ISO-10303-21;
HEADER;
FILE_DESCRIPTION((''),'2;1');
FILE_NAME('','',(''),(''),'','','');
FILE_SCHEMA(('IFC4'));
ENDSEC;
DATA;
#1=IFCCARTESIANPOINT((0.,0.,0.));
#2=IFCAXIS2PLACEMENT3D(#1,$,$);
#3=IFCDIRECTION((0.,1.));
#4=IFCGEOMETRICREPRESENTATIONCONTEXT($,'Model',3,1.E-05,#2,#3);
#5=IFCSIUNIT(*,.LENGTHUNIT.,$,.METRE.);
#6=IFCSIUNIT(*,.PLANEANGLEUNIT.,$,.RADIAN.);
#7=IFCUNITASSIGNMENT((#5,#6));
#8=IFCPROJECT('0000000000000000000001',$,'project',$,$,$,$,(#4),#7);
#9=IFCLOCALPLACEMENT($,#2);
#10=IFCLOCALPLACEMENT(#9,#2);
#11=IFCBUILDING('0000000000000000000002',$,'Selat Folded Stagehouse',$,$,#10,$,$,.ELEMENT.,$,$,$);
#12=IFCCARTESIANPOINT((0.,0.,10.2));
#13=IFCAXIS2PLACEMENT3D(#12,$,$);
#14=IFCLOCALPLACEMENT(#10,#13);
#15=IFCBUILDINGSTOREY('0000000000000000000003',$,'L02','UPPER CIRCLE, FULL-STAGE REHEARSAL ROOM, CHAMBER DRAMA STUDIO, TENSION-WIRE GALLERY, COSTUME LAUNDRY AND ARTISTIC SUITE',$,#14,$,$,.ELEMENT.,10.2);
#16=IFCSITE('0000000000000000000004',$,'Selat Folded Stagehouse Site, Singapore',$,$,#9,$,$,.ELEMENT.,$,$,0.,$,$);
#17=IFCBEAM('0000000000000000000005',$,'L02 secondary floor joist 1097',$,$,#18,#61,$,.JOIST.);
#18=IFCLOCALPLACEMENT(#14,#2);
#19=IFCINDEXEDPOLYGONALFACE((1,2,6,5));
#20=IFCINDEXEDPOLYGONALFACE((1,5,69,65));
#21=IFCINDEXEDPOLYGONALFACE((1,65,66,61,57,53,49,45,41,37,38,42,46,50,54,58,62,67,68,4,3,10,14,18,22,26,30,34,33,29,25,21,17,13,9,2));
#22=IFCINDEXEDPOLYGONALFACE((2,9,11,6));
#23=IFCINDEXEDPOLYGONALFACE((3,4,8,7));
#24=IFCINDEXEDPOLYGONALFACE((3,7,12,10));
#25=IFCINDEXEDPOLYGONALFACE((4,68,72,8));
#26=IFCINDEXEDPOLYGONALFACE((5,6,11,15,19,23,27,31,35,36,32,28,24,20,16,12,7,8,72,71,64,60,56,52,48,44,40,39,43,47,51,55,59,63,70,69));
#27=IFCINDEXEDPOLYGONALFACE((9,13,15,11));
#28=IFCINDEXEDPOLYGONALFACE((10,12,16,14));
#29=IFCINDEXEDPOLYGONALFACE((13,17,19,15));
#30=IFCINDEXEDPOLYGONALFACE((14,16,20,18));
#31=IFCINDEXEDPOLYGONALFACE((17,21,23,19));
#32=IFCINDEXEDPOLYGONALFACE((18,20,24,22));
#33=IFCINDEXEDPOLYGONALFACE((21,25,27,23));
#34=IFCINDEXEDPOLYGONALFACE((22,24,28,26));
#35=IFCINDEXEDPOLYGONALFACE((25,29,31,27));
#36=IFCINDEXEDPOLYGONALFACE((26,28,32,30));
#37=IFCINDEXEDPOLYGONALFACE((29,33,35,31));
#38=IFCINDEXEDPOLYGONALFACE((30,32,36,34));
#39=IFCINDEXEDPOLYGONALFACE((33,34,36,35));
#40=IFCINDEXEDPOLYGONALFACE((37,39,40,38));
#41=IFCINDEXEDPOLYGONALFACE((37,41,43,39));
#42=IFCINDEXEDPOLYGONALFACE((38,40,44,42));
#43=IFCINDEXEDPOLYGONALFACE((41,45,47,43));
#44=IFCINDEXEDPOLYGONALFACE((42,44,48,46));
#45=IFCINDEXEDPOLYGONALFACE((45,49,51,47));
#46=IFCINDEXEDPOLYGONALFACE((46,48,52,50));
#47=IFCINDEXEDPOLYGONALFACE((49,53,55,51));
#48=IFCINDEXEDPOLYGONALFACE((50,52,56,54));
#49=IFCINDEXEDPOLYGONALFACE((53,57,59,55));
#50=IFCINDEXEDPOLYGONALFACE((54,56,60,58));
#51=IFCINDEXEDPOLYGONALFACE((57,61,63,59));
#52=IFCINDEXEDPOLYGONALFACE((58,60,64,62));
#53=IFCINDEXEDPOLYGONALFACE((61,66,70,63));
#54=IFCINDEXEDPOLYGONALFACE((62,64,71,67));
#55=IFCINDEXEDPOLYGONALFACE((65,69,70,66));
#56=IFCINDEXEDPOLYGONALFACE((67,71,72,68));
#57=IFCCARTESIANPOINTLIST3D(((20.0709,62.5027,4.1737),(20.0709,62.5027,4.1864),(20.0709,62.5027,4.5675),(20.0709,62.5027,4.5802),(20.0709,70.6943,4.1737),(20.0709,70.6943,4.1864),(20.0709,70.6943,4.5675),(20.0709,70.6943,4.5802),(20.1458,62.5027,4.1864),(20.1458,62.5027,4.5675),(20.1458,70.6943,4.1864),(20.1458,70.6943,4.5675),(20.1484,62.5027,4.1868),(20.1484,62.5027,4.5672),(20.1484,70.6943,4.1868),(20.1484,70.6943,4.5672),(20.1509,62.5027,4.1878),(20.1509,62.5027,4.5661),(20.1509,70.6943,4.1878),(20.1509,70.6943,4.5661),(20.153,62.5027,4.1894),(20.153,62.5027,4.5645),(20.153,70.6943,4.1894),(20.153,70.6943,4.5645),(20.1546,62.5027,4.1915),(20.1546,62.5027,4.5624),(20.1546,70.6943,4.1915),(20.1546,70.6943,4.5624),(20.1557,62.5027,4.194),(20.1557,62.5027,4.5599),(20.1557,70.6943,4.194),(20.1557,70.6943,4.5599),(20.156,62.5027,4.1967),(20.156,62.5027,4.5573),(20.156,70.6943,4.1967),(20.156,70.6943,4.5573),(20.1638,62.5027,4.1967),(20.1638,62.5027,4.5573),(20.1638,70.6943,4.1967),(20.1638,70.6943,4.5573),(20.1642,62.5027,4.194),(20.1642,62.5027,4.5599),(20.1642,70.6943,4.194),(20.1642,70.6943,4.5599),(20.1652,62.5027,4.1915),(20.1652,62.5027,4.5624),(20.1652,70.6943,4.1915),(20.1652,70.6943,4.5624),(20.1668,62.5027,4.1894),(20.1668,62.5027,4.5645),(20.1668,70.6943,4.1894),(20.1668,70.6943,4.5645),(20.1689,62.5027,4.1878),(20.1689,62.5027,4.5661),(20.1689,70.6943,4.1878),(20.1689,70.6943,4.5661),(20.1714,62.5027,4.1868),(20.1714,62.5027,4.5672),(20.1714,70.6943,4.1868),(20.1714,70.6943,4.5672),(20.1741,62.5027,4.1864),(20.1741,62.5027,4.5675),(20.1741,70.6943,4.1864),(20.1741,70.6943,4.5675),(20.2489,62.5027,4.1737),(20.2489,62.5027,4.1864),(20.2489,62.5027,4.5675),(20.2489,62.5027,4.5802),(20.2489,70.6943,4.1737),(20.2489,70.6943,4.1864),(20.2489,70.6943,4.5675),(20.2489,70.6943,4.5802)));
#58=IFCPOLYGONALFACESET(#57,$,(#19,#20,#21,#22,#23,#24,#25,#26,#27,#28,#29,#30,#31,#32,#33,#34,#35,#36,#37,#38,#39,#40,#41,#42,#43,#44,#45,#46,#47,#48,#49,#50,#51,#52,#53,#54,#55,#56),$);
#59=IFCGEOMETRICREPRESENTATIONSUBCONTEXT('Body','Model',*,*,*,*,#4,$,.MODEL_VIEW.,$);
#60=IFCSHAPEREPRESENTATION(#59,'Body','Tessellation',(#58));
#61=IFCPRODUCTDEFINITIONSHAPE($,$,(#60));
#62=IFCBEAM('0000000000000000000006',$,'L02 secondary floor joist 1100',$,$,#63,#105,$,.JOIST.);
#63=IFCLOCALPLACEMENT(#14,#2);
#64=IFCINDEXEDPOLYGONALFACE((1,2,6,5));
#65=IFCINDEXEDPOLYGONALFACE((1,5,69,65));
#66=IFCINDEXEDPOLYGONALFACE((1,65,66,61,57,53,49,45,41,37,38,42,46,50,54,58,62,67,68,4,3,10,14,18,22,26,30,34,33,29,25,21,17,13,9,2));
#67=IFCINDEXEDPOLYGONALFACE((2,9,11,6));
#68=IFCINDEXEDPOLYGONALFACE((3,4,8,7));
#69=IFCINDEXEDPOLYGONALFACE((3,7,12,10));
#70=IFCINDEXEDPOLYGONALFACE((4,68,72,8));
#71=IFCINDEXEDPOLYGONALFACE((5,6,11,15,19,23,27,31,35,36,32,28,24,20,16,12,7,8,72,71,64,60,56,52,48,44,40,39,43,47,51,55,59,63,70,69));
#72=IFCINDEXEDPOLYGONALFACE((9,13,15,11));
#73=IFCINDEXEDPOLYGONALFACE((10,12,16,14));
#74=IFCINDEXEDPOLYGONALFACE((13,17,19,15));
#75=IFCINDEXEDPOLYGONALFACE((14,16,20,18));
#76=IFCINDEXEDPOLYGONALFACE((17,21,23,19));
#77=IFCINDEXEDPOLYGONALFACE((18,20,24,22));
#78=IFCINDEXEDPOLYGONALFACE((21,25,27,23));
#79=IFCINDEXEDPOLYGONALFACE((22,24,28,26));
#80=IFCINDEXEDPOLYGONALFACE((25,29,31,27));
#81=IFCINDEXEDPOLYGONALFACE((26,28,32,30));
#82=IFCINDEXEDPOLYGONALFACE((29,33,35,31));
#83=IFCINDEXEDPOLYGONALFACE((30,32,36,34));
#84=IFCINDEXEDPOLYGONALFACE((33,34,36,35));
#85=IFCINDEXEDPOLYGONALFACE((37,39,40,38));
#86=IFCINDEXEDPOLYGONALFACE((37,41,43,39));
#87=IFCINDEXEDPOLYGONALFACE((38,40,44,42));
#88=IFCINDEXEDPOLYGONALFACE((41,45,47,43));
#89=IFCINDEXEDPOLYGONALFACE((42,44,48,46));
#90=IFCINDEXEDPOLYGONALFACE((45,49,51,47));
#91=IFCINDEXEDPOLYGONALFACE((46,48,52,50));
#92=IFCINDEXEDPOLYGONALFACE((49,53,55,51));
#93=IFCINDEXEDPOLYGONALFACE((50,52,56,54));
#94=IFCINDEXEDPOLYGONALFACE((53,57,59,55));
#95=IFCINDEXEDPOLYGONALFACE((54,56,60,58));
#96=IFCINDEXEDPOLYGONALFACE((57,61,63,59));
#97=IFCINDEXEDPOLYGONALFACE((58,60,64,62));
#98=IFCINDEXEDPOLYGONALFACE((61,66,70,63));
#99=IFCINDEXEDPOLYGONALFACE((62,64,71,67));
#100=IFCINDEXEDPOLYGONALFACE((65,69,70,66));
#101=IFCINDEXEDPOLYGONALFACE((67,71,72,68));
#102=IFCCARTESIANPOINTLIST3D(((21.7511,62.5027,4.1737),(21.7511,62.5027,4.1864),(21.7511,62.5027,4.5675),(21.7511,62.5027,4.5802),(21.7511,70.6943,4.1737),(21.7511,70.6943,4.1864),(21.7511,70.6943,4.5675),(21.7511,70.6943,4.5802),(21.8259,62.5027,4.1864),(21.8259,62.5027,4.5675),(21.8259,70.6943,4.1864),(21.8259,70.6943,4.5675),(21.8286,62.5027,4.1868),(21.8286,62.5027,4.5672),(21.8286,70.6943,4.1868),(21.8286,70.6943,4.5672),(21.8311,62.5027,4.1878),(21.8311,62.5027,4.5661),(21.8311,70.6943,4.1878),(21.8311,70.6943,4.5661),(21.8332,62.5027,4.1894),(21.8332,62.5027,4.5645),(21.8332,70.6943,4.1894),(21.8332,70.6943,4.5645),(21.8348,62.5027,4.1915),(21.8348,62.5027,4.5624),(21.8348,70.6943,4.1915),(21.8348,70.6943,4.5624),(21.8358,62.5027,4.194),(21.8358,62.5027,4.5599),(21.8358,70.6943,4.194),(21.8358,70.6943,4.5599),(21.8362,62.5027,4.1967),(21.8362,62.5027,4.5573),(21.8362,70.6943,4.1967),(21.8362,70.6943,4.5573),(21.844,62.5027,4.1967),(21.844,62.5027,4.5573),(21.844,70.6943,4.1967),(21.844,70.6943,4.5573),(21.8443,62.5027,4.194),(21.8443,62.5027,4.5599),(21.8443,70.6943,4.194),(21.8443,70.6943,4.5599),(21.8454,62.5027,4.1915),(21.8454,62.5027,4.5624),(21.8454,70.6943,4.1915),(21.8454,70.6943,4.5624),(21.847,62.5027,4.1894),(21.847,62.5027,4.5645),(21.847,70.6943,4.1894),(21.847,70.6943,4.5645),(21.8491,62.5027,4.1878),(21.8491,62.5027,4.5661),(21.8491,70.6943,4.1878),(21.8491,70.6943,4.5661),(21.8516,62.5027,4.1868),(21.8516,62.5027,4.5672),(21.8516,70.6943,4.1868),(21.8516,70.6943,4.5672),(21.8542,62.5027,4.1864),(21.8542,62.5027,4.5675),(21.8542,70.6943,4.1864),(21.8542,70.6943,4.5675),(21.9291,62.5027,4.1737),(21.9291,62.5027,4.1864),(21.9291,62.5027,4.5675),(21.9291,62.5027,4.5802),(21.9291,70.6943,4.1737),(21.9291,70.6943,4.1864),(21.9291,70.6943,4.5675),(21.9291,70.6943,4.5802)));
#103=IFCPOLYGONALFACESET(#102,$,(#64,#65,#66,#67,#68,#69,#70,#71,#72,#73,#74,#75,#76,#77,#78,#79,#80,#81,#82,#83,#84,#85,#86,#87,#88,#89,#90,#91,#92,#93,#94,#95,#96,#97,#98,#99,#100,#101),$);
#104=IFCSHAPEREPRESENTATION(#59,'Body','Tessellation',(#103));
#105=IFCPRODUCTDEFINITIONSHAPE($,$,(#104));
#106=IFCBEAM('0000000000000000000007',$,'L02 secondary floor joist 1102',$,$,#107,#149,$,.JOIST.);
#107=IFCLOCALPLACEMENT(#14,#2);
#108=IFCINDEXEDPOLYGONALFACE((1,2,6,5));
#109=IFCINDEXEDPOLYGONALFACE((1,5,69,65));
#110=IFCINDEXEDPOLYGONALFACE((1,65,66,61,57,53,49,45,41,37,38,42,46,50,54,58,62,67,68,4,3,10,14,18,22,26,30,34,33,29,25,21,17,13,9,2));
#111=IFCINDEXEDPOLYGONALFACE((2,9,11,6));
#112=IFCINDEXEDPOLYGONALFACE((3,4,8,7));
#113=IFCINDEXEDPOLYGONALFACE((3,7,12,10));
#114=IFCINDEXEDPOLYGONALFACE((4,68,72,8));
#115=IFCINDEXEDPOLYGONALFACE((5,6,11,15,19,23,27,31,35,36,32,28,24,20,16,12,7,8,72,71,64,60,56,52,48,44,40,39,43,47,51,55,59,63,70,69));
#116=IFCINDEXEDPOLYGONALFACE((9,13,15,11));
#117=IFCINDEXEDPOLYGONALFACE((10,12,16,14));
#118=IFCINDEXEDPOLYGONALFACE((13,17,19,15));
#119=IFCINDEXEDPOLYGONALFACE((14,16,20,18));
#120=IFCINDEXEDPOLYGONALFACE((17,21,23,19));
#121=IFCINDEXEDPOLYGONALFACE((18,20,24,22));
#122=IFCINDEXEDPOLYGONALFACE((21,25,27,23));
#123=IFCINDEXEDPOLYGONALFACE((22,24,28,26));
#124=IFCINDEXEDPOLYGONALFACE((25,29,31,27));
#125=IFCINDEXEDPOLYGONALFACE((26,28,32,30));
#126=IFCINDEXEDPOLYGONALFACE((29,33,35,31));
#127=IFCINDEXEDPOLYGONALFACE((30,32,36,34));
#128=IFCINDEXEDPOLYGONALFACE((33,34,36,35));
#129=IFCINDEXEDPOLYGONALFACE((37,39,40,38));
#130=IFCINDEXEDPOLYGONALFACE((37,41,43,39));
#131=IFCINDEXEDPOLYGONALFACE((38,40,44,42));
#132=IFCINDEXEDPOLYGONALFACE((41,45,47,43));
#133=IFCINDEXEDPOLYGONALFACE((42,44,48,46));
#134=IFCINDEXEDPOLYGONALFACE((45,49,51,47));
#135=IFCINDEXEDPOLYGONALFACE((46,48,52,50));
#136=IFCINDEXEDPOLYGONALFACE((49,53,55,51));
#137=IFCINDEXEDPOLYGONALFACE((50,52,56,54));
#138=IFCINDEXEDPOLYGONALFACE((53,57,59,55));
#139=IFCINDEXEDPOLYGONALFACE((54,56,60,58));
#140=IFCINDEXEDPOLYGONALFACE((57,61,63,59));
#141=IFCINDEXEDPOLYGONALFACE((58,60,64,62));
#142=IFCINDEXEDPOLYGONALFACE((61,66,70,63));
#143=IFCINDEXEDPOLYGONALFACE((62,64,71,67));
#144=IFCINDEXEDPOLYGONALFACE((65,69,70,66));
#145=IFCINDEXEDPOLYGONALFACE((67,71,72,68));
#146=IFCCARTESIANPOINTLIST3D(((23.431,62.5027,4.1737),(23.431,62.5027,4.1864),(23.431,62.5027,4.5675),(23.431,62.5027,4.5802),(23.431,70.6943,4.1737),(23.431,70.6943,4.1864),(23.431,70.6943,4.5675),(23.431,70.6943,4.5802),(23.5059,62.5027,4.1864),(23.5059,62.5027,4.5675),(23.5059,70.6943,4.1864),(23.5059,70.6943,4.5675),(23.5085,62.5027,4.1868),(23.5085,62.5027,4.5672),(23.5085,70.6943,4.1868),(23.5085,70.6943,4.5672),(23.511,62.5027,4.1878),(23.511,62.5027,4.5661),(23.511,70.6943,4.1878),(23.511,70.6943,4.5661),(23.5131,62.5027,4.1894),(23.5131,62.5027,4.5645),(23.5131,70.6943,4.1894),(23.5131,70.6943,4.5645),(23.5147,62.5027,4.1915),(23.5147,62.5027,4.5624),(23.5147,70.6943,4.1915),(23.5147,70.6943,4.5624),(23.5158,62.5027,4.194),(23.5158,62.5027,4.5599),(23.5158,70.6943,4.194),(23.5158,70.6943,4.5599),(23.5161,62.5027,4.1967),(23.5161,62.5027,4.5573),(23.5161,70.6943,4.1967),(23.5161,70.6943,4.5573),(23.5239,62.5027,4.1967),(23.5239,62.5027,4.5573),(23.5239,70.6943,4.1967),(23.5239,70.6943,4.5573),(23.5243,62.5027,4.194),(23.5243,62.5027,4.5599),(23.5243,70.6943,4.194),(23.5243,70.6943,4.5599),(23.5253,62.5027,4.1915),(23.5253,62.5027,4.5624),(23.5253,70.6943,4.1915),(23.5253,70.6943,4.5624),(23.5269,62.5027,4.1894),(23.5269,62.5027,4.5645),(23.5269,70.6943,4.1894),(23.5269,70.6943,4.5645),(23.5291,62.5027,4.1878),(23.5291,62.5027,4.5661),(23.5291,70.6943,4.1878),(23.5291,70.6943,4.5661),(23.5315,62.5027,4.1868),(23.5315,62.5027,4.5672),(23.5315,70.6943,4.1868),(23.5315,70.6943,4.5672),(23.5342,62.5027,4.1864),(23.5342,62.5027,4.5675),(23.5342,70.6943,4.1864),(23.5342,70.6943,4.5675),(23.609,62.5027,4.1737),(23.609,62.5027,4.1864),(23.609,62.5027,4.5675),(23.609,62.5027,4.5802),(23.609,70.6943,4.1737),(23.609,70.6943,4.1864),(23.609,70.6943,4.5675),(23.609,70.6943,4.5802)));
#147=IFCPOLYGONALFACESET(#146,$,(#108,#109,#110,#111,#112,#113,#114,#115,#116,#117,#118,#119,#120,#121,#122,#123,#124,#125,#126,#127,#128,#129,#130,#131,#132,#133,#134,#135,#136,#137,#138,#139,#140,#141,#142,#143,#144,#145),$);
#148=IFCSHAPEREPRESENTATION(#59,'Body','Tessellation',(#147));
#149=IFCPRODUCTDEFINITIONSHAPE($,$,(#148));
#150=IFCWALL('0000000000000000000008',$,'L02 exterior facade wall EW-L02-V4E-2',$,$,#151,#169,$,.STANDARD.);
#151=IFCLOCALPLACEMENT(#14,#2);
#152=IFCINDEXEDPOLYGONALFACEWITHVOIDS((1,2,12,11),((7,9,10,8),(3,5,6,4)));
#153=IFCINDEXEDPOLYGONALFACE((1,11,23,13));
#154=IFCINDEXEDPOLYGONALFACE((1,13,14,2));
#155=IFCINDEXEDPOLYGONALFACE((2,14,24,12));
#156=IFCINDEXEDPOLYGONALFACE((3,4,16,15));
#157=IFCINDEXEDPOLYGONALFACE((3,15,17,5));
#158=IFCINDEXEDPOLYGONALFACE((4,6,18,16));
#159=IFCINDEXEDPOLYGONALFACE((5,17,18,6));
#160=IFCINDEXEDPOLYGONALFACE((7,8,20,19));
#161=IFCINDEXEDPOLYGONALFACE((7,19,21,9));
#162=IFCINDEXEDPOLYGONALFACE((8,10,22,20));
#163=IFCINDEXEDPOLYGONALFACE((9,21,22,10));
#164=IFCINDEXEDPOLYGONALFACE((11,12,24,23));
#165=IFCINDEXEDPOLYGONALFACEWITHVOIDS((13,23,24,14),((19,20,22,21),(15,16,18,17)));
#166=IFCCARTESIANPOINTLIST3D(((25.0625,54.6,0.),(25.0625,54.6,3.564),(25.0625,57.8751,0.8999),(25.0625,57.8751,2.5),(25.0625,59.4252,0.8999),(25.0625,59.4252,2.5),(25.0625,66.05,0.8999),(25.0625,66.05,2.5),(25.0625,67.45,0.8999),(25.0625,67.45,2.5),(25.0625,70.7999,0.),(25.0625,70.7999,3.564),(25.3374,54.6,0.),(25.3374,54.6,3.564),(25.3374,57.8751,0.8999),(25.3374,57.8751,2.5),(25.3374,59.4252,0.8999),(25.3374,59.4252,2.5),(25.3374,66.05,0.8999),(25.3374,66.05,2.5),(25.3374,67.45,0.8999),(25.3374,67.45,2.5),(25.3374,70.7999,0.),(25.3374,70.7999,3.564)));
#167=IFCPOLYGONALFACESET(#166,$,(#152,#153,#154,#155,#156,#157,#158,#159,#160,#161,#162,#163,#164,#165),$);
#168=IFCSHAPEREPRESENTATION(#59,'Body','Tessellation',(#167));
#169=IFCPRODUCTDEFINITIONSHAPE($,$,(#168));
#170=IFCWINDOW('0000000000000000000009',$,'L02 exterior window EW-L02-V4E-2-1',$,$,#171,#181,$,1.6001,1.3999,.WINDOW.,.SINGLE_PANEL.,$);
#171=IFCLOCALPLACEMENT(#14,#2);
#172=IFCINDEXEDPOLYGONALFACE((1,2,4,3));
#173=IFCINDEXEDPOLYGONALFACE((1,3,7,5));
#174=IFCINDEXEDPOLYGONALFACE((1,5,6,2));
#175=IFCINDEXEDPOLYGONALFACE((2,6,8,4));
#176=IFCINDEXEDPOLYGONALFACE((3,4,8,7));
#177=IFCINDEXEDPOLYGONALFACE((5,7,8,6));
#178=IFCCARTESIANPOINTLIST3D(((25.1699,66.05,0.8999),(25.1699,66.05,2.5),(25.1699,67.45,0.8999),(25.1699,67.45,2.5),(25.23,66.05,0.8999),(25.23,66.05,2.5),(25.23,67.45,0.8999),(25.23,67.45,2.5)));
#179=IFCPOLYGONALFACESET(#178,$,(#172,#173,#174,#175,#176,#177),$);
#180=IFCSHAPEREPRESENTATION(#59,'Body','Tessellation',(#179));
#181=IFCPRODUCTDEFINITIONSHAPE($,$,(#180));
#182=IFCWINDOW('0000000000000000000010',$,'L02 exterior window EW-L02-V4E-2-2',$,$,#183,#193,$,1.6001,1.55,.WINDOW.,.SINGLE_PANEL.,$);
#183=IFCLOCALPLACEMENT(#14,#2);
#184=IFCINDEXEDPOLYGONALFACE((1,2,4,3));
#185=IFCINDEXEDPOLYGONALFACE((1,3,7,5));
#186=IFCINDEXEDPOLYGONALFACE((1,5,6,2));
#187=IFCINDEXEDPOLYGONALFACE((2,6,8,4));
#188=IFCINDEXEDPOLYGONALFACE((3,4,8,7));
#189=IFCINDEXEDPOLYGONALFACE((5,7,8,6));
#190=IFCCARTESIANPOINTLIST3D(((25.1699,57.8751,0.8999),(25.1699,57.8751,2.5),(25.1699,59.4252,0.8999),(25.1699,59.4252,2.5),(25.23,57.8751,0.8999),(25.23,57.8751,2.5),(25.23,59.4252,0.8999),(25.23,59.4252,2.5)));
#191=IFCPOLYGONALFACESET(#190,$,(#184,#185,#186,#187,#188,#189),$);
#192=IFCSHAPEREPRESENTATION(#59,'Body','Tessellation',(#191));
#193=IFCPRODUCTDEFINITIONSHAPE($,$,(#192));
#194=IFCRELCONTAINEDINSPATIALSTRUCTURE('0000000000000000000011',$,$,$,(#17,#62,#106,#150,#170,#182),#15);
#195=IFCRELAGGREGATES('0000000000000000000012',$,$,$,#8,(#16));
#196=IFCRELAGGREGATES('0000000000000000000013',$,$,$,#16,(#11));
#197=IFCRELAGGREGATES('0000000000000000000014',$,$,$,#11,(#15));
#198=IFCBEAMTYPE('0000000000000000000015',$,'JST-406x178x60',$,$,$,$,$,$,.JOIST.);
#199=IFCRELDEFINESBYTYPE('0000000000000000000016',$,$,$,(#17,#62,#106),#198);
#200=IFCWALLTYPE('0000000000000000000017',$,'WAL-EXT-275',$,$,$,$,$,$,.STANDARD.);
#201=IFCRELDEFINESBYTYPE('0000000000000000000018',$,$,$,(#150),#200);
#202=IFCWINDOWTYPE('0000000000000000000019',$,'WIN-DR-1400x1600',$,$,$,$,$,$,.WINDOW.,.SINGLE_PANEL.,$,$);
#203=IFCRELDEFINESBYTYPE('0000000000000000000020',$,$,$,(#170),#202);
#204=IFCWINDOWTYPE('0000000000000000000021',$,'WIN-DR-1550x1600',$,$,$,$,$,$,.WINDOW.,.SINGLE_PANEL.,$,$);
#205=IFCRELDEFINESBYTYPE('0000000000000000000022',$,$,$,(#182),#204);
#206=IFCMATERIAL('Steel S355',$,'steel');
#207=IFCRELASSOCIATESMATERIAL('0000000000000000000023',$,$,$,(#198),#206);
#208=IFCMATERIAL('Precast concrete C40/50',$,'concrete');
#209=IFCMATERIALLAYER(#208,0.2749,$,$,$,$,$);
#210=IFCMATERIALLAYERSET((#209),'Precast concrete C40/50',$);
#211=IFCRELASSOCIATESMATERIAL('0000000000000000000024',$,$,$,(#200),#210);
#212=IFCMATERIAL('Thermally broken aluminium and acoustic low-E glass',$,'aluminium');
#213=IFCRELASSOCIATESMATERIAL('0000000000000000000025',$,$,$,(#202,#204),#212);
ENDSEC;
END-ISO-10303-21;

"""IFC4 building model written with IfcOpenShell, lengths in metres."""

from ifc_helpers import new_model, si_unit, direction, frame, frame_2d, origin, origin_2d, place, context, subcontext, project, spatial, rectangle, i_section, extrude, material, layer, layer_set, material_profile, profile_set, type_object, element, fill, save


model = new_model("IFC4")

# Units and contexts
model_context = context("Model", 3, precision=1e-05, world=origin(), true_north=direction((0.0, 1.0)))
body_context = subcontext(model_context, "Body", "Model", "MODEL_VIEW")
ifc_project = project(units=[si_unit("LENGTHUNIT", "METRE"), si_unit("PLANEANGLEUNIT", "RADIAN")], contexts=[model_context])

# Site, building, storey
site_placement = place(None, origin())
site = spatial("IfcSite", under=ifc_project, at=site_placement, Name="Selat Folded Stagehouse Site, Singapore", CompositionType="ELEMENT", RefElevation=0.0)
building_placement = place(site_placement, origin())
building = spatial("IfcBuilding", under=site, at=building_placement, Name="Selat Folded Stagehouse", CompositionType="ELEMENT")
storey_placement = place(building_placement, frame((0.0, 0.0, 10.2)))
storey = spatial("IfcBuildingStorey", under=building, at=storey_placement, Name="L02", Description="UPPER CIRCLE, FULL-STAGE REHEARSAL ROOM, CHAMBER DRAMA STUDIO, TENSION-WIRE GALLERY, COSTUME LAUNDRY AND ARTISTIC SUITE", CompositionType="ELEMENT", Elevation=10.2)

# Shared definitions
ifc_material_1 = material(Name="Steel S355", Category="steel")

# Beams
ifc_material_profile_1 = material_profile(ifc_material_1, i_section(OverallWidth=0.178, OverallDepth=0.4065, WebThickness=0.0078, FlangeThickness=0.0127, FilletRadius=0.0103, at=origin_2d()), Name="UKB 406x178x60")
ifc_profile_set_1 = profile_set([ifc_material_profile_1], Name="Steel S355")
beam_type_1 = type_object("IfcBeamType", Name="JST-406x178x60", PredefinedType="JOIST", material=ifc_profile_set_1)
for number, where, z_axis, x_axis, name in (
    (1, (20.1599, 62.5027, 4.377), (0.0, 1.0, 0.0), (-1.0, 0.0, 0.0), "L02 secondary floor joist 1097"),
    (2, (21.8401, 62.5027, 4.377), (0.0, 1.0, 0.0), (-1.0, 0.0, 0.0), "L02 secondary floor joist 1100"),
    (3, (23.52, 62.5027, 4.377), (0.0, 1.0, 0.0), (-1.0, 0.0, 0.0), "L02 secondary floor joist 1102"),
):
    element("IfcBeam", number, at=place(storey_placement, frame(where, z_axis=z_axis, x_axis=x_axis)), inside=storey, type_object=beam_type_1, Name=name, PredefinedType="JOIST", context=body_context, shape_type="SweptSolid", body=[
        extrude(i_section(OverallWidth=0.178, OverallDepth=0.4065, WebThickness=0.0078, FlangeThickness=0.0127, FilletRadius=0.0103, at=origin_2d()), origin(), (0.0, 0.0, 1.0), 8.1917),
    ])

# Wall, openings, windows
ifc_material_2 = material(Name="Precast concrete C40/50", Category="concrete")
ifc_layer_1 = layer(ifc_material_2, 0.2749)
ifc_layer_set_1 = layer_set([ifc_layer_1], Name="Precast concrete C40/50")
wall_type = type_object("IfcWallType", Name="WAL-EXT-275", PredefinedType="STANDARD", material=ifc_layer_set_1)
wall_placement = place(storey_placement, frame((25.2, 70.8, 0.0), z_axis=(0.0, 0.0, 1.0), x_axis=(0.0, -1.0, 0.0)))
wall = element("IfcWall", 4, at=wall_placement, inside=storey, type_object=wall_type, Name="L02 exterior facade wall EW-L02-V4E-2", PredefinedType="STANDARD", context=body_context, shape_type="SweptSolid", body=[
    extrude(rectangle(XDim=16.2, YDim=0.2749, at=frame_2d((8.1001, 0.0))), origin(), (0.0, 0.0, 1.0), 3.564),
])
opening_1_placement = place(wall_placement, frame((3.3501, 0.0, 0.8999)))
opening_1 = element("IfcOpeningElement", 5, at=opening_1_placement, cuts=wall, PredefinedType="OPENING", context=body_context, shape_type="SweptSolid", body=[
    extrude(rectangle(XDim=1.3999, YDim=1.6001, at=frame_2d((0.7, 0.8))), frame((0.0, 0.1475, 0.0), z_axis=(0.0, -1.0, 0.0), x_axis=(1.0, 0.0, 0.0)), (0.0, 0.0, 1.0), 0.2949),
])
opening_2_placement = place(wall_placement, frame((11.375, 0.0, 0.8999)))
opening_2 = element("IfcOpeningElement", 6, at=opening_2_placement, cuts=wall, PredefinedType="OPENING", context=body_context, shape_type="SweptSolid", body=[
    extrude(rectangle(XDim=1.55, YDim=1.6001, at=frame_2d((0.7749, 0.8))), frame((0.0, 0.1475, 0.0), z_axis=(0.0, -1.0, 0.0), x_axis=(1.0, 0.0, 0.0)), (0.0, 0.0, 1.0), 0.2949),
])
ifc_material_3 = material(Name="Thermally broken aluminium and acoustic low-E glass", Category="aluminium")
window_type_1 = type_object("IfcWindowType", Name="WIN-DR-1400x1600", PartitioningType="SINGLE_PANEL", PredefinedType="WINDOW", material=ifc_material_3)
window_1_placement = place(opening_1_placement, origin())
window_1 = element("IfcWindow", 7, at=window_1_placement, inside=storey, type_object=window_type_1, Name="L02 exterior window EW-L02-V4E-2-1", OverallHeight=1.6001, OverallWidth=1.3999, PartitioningType="SINGLE_PANEL", PredefinedType="WINDOW", context=body_context, shape_type="SweptSolid", body=[
    extrude(rectangle(XDim=1.3999, YDim=1.6001, at=frame_2d((0.7, 0.8))), frame((0.0, 0.03, 0.0), z_axis=(0.0, -1.0, 0.0), x_axis=(1.0, 0.0, 0.0)), (0.0, 0.0, 1.0), 0.0601),
])
fill(opening_1, window_1)
window_type_2 = type_object("IfcWindowType", Name="WIN-DR-1550x1600", PartitioningType="SINGLE_PANEL", PredefinedType="WINDOW", material=ifc_material_3)
window_2_placement = place(opening_2_placement, origin())
window_2 = element("IfcWindow", 8, at=window_2_placement, inside=storey, type_object=window_type_2, Name="L02 exterior window EW-L02-V4E-2-2", OverallHeight=1.6001, OverallWidth=1.55, PartitioningType="SINGLE_PANEL", PredefinedType="WINDOW", context=body_context, shape_type="SweptSolid", body=[
    extrude(rectangle(XDim=1.55, YDim=1.6001, at=frame_2d((0.7749, 0.8))), frame((0.0, 0.03, 0.0), z_axis=(0.0, -1.0, 0.0), x_axis=(1.0, 0.0, 0.0)), (0.0, 0.0, 1.0), 0.0601),
])
fill(opening_2, window_2)

save(model, "model.ifc")
